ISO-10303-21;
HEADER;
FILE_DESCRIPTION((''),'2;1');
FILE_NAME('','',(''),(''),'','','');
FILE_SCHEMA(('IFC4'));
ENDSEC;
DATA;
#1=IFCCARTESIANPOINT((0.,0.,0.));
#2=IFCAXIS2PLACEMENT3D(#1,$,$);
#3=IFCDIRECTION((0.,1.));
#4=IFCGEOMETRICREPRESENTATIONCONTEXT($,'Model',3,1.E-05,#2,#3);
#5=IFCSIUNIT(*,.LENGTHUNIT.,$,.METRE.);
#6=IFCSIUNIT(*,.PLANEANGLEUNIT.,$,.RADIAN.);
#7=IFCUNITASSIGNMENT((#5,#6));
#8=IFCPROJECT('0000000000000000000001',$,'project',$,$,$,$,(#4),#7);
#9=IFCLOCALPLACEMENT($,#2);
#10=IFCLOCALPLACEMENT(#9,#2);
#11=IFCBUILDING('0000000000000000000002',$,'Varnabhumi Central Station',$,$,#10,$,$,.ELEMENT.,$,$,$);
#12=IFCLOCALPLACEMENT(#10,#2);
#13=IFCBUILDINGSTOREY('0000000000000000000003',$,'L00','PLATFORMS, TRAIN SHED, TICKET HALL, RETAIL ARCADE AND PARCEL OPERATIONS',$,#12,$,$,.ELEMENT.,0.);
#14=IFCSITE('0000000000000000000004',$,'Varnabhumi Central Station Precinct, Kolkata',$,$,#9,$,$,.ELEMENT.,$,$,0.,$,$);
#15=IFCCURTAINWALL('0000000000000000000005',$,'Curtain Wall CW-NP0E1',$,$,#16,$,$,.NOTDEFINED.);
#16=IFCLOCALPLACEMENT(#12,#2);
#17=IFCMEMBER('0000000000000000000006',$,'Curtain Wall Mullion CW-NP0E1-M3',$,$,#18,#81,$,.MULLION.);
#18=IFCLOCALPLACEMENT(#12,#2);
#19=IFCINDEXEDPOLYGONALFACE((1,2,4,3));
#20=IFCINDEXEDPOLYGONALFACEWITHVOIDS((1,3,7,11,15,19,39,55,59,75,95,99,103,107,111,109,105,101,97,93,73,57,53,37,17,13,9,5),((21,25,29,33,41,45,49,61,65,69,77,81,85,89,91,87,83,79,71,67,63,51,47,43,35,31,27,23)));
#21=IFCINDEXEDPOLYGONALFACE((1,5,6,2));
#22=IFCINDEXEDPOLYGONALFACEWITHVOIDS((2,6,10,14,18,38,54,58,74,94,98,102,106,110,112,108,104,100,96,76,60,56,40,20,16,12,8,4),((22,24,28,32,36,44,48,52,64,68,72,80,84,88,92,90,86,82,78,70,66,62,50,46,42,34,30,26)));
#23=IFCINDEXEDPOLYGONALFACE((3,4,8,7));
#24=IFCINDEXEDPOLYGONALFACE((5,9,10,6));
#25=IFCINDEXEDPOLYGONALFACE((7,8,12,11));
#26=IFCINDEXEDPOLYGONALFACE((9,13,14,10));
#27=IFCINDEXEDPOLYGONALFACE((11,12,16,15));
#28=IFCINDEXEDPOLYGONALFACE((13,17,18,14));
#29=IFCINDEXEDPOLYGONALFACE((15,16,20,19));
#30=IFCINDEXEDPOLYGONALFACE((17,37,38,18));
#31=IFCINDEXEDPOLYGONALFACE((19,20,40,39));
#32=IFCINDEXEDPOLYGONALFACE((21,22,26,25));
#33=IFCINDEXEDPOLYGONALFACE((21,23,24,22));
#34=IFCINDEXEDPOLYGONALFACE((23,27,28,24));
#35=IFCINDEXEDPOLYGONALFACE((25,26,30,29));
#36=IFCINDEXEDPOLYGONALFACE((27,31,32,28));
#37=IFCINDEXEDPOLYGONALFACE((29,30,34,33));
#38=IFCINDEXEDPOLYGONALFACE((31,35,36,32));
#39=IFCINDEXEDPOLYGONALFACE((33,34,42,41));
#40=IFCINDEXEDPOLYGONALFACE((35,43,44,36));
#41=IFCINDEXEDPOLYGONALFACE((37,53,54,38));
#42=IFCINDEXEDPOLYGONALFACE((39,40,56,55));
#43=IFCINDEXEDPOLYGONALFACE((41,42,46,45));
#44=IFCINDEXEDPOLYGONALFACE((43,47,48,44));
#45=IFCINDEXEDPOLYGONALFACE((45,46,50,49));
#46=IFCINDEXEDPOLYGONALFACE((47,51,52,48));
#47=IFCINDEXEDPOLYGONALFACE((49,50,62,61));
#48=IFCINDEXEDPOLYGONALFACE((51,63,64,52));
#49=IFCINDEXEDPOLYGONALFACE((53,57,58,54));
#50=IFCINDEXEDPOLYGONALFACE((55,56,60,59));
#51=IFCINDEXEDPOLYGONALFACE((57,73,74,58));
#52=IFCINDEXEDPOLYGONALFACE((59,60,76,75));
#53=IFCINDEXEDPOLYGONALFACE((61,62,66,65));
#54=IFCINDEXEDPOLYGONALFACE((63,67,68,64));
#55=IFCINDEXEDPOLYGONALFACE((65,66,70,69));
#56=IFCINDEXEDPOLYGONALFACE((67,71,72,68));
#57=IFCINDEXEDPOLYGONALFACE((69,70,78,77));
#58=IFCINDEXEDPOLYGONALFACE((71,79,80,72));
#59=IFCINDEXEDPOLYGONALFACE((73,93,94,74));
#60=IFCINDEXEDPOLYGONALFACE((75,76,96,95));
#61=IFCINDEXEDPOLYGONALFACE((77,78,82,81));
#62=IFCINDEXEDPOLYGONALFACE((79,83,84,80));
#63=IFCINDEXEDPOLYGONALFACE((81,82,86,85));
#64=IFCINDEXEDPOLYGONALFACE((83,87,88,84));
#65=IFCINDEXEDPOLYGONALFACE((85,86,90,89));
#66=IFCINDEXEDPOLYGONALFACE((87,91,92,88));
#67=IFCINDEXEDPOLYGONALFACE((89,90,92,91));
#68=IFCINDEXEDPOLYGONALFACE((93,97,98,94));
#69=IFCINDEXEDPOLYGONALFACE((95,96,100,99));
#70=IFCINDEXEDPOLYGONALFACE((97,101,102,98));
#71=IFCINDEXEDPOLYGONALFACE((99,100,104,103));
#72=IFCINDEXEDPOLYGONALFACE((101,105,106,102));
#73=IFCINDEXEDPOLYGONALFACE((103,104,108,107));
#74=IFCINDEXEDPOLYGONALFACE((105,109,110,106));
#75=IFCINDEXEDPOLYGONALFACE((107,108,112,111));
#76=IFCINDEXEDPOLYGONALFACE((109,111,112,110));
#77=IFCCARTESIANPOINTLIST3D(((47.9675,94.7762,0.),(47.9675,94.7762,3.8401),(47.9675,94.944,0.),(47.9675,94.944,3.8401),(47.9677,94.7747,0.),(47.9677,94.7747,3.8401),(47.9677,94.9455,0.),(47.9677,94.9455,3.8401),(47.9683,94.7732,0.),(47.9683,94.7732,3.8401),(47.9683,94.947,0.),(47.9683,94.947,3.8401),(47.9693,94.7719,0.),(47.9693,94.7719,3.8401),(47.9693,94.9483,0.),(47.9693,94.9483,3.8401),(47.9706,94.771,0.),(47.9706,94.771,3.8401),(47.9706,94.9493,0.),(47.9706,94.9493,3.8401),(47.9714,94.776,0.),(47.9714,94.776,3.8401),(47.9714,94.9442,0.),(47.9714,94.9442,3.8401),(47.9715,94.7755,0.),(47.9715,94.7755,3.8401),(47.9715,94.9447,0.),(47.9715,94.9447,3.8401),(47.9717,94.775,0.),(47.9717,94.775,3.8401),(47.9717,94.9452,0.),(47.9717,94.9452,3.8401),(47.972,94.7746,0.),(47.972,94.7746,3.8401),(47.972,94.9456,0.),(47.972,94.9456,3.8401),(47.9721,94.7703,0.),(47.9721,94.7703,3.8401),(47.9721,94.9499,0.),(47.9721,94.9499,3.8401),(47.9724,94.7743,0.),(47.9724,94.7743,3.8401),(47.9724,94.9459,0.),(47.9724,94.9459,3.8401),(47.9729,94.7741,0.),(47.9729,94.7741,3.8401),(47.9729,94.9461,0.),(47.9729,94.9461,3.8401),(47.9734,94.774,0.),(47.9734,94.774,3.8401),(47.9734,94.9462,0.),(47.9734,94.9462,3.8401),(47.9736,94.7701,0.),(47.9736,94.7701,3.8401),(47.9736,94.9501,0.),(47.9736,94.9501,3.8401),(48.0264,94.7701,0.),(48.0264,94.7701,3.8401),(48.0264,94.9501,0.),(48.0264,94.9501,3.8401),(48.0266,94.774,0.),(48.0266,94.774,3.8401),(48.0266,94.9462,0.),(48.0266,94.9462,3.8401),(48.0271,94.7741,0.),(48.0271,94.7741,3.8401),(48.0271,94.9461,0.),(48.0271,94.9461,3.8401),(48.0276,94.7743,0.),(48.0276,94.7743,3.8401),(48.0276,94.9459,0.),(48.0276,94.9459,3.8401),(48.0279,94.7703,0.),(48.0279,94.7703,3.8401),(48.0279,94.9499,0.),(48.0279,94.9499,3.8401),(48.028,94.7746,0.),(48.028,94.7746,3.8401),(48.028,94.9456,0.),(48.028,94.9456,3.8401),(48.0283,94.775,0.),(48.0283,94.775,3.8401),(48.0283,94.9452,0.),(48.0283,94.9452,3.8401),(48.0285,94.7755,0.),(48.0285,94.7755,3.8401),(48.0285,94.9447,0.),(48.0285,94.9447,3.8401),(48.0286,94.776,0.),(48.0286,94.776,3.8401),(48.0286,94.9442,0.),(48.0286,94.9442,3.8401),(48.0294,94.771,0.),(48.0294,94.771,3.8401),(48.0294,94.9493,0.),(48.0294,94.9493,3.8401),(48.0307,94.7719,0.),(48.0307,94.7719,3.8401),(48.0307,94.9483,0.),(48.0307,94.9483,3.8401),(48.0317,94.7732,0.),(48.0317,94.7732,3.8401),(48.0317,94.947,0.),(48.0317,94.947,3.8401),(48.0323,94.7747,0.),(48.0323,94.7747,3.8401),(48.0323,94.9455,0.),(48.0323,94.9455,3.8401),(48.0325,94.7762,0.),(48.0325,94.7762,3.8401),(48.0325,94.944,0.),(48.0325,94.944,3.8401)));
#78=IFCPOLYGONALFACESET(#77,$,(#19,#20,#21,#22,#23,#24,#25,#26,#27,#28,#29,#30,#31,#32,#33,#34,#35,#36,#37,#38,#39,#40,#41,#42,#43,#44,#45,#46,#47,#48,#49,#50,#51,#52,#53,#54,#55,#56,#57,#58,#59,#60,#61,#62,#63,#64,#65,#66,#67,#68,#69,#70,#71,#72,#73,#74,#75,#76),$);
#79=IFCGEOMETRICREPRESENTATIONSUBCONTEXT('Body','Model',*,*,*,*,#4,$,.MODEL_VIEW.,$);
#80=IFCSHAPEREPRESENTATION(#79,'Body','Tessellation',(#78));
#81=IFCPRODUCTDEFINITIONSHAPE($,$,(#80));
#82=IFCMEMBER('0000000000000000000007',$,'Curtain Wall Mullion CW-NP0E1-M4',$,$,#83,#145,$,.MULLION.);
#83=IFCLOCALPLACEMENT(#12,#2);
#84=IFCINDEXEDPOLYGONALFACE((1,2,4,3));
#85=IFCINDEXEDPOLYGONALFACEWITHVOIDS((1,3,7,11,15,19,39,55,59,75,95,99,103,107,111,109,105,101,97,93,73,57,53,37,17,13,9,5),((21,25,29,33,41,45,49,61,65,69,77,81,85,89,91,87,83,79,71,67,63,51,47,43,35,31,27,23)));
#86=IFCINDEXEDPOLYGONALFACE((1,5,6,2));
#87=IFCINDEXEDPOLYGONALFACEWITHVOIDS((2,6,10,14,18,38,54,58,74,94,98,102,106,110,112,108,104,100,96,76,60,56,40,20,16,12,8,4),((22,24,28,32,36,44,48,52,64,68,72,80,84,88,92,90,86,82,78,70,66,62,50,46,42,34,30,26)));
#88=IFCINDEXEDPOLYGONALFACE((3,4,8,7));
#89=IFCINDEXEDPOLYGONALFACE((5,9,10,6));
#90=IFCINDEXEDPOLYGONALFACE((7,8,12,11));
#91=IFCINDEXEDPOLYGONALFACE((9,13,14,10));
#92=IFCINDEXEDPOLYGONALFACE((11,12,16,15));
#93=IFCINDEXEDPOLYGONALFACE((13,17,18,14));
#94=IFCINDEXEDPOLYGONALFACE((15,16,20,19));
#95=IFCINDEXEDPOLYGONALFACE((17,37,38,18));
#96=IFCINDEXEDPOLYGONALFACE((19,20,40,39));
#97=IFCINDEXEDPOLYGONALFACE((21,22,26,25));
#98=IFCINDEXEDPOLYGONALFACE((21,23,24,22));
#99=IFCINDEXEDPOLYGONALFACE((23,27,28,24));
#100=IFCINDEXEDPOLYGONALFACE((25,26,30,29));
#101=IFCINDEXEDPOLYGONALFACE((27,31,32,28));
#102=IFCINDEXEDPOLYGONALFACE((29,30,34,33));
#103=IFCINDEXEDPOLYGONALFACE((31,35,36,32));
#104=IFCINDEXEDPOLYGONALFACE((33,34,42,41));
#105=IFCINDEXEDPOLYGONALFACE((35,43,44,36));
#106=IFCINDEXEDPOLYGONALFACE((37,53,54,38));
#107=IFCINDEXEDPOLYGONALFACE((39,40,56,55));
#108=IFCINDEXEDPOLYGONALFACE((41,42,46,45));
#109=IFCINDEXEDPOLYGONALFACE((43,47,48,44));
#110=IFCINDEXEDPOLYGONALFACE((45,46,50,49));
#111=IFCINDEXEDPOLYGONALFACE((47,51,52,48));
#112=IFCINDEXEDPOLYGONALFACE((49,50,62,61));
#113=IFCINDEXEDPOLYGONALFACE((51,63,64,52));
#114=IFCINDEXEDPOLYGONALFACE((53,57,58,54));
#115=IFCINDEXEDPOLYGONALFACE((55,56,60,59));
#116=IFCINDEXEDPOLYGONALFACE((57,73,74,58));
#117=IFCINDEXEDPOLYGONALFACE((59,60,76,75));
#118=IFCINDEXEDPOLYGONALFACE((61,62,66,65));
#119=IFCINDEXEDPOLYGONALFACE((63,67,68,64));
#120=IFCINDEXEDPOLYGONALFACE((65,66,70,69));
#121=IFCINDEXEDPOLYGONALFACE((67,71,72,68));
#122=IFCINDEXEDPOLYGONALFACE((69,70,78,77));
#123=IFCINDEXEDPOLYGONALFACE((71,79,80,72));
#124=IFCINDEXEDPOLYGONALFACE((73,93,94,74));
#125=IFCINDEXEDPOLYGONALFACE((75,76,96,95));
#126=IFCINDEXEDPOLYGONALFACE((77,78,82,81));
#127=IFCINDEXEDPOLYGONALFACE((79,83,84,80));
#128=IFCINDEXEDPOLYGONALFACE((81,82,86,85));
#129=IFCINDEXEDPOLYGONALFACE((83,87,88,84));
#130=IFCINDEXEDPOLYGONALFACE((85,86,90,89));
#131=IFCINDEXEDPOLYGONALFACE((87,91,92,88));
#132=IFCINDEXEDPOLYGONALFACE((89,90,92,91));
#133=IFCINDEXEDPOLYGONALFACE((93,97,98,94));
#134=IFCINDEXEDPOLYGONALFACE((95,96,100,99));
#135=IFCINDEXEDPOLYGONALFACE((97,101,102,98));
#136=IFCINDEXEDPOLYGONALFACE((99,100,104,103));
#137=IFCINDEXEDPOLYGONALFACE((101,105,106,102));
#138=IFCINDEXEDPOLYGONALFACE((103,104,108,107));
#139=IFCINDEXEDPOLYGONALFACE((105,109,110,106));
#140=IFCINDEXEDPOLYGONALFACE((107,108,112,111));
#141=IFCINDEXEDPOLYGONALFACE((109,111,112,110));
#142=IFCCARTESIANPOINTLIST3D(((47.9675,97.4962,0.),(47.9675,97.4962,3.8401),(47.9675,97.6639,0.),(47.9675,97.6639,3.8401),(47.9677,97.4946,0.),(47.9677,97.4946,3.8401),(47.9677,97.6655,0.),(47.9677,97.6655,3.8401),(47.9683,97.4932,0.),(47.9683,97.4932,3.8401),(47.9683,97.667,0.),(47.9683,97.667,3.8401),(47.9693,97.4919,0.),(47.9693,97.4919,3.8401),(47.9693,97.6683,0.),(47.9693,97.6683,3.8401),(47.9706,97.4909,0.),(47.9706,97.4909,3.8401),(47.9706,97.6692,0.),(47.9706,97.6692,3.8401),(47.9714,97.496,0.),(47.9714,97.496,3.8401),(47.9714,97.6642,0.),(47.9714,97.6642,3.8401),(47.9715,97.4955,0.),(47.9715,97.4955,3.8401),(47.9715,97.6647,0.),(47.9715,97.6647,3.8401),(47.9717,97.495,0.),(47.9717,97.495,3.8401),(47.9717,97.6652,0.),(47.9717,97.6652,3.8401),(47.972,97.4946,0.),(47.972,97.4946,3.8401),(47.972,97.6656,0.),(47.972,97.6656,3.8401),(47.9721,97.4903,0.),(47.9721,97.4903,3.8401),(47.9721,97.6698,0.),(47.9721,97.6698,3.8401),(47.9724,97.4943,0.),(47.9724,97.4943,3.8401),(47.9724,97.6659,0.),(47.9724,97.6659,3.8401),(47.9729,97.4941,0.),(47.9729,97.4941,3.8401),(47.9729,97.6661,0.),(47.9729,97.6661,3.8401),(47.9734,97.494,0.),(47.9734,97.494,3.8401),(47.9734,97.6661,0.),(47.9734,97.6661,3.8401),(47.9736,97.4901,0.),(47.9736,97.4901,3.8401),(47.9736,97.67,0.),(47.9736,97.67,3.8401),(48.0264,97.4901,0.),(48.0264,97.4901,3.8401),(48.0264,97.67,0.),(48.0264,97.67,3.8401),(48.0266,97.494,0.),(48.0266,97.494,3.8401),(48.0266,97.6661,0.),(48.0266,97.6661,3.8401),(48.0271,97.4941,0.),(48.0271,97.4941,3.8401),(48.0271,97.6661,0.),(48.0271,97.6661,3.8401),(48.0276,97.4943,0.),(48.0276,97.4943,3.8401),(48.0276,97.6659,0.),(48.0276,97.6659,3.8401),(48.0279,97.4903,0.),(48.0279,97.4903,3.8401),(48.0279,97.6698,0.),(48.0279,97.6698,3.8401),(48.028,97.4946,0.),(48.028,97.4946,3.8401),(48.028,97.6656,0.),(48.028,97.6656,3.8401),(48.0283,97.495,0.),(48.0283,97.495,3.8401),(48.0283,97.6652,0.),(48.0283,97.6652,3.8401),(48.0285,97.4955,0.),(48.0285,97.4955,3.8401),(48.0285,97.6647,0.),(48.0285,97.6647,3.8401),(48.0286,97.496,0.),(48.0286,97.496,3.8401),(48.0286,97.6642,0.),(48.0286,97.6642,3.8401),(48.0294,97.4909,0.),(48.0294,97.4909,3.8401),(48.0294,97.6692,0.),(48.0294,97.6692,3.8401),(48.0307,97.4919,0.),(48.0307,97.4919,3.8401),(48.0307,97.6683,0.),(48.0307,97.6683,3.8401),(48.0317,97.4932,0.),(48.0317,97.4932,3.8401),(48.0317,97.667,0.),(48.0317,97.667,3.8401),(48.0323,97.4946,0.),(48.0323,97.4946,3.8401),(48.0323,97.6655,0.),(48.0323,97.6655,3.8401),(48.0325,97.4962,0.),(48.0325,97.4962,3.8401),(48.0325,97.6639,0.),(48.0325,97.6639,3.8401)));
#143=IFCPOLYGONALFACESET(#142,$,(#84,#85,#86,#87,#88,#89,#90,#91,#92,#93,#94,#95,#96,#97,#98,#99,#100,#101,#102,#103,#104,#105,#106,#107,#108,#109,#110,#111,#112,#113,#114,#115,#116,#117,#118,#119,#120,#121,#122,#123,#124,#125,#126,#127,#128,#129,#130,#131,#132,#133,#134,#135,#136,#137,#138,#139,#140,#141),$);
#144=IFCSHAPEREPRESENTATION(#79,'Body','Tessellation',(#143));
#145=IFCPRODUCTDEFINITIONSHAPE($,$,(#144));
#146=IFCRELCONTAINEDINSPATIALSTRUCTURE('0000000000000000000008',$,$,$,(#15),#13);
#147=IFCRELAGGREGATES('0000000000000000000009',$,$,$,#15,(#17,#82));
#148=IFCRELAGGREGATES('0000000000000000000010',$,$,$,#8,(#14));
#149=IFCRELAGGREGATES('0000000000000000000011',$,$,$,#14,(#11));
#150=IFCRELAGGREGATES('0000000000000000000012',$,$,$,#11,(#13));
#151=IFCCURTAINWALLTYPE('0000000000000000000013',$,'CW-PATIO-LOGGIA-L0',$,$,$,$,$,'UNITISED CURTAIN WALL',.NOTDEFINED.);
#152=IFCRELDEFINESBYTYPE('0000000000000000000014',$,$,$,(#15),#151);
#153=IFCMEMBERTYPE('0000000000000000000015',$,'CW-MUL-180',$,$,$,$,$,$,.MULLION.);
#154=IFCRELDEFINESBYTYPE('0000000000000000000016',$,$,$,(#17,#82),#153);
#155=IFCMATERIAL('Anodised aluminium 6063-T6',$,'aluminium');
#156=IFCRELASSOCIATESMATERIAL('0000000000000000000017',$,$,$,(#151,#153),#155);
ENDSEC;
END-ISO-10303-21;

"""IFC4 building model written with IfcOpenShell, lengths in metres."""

from ifc_helpers import new_model, si_unit, direction, frame, origin, origin_2d, place, context, subcontext, project, spatial, hollow_rectangle, extrude, material, material_profile, profile_set, type_object, element, aggregate, save


model = new_model("IFC4")

# Units and contexts
model_context = context("Model", 3, precision=1e-05, world=origin(), true_north=direction((0.0, 1.0)))
body_context = subcontext(model_context, "Body", "Model", "MODEL_VIEW")
ifc_project = project(units=[si_unit("LENGTHUNIT", "METRE"), si_unit("PLANEANGLEUNIT", "RADIAN")], contexts=[model_context])

# Site, building, storey
site_placement = place(None, origin())
site = spatial("IfcSite", under=ifc_project, at=site_placement, Name="Varnabhumi Central Station Precinct, Kolkata", CompositionType="ELEMENT", RefElevation=0.0)
building_placement = place(site_placement, origin())
building = spatial("IfcBuilding", under=site, at=building_placement, Name="Varnabhumi Central Station", CompositionType="ELEMENT")
storey_placement = place(building_placement, origin())
storey = spatial("IfcBuildingStorey", under=building, at=storey_placement, Name="L00", Description="PLATFORMS, TRAIN SHED, TICKET HALL, RETAIL ARCADE AND PARCEL OPERATIONS", CompositionType="ELEMENT", Elevation=0.0)

# Curtain wall, members
ifc_material_1 = material(Name="Anodised aluminium 6063-T6", Category="aluminium")
curtain_wall_type = type_object("IfcCurtainWallType", Name="CW-PATIO-LOGGIA-L0", ElementType="UNITISED CURTAIN WALL", PredefinedType="NOTDEFINED", material=ifc_material_1)
curtain_wall_1_placement = place(storey_placement, origin())
curtain_wall_1 = element("IfcCurtainWall", 1, at=curtain_wall_1_placement, inside=storey, type_object=curtain_wall_type, Name="Curtain Wall CW-NP0E1", PredefinedType="NOTDEFINED")
ifc_material_profile_1 = material_profile(ifc_material_1, hollow_rectangle(XDim=0.0649, YDim=0.1799, WallThickness=0.0039, InnerFilletRadius=0.002, OuterFilletRadius=0.0061, at=origin_2d()), Name="Anodised aluminium 6063-T6", Category="aluminium")
ifc_profile_set_1 = profile_set([ifc_material_profile_1], Name="Anodised aluminium 6063-T6")
member_type_1 = type_object("IfcMemberType", Name="CW-MUL-180", PredefinedType="MULLION", material=ifc_profile_set_1)
member_1_placement = place(storey_placement, frame((48.0, 94.8601, 0.0), z_axis=(0.0, 0.0, 1.0), x_axis=(1.0, 0.0, 0.0)))
member_1 = element("IfcMember", 2, at=member_1_placement, type_object=member_type_1, Name="Curtain Wall Mullion CW-NP0E1-M3", PredefinedType="MULLION", context=body_context, shape_type="SweptSolid", body=[
    extrude(hollow_rectangle(XDim=0.0649, YDim=0.1799, WallThickness=0.0039, InnerFilletRadius=0.002, OuterFilletRadius=0.0061, at=origin_2d()), origin(), (0.0, 0.0, 1.0), 3.8401),
])
member_2_placement = place(storey_placement, frame((48.0, 97.5801, 0.0), z_axis=(0.0, 0.0, 1.0), x_axis=(1.0, 0.0, 0.0)))
member_2 = element("IfcMember", 3, at=member_2_placement, type_object=member_type_1, Name="Curtain Wall Mullion CW-NP0E1-M4", PredefinedType="MULLION", context=body_context, shape_type="SweptSolid", body=[
    extrude(hollow_rectangle(XDim=0.0649, YDim=0.1799, WallThickness=0.0039, InnerFilletRadius=0.002, OuterFilletRadius=0.0061, at=origin_2d()), origin(), (0.0, 0.0, 1.0), 3.8401),
])

aggregate(curtain_wall_1, [member_1, member_2])

save(model, "model.ifc")
